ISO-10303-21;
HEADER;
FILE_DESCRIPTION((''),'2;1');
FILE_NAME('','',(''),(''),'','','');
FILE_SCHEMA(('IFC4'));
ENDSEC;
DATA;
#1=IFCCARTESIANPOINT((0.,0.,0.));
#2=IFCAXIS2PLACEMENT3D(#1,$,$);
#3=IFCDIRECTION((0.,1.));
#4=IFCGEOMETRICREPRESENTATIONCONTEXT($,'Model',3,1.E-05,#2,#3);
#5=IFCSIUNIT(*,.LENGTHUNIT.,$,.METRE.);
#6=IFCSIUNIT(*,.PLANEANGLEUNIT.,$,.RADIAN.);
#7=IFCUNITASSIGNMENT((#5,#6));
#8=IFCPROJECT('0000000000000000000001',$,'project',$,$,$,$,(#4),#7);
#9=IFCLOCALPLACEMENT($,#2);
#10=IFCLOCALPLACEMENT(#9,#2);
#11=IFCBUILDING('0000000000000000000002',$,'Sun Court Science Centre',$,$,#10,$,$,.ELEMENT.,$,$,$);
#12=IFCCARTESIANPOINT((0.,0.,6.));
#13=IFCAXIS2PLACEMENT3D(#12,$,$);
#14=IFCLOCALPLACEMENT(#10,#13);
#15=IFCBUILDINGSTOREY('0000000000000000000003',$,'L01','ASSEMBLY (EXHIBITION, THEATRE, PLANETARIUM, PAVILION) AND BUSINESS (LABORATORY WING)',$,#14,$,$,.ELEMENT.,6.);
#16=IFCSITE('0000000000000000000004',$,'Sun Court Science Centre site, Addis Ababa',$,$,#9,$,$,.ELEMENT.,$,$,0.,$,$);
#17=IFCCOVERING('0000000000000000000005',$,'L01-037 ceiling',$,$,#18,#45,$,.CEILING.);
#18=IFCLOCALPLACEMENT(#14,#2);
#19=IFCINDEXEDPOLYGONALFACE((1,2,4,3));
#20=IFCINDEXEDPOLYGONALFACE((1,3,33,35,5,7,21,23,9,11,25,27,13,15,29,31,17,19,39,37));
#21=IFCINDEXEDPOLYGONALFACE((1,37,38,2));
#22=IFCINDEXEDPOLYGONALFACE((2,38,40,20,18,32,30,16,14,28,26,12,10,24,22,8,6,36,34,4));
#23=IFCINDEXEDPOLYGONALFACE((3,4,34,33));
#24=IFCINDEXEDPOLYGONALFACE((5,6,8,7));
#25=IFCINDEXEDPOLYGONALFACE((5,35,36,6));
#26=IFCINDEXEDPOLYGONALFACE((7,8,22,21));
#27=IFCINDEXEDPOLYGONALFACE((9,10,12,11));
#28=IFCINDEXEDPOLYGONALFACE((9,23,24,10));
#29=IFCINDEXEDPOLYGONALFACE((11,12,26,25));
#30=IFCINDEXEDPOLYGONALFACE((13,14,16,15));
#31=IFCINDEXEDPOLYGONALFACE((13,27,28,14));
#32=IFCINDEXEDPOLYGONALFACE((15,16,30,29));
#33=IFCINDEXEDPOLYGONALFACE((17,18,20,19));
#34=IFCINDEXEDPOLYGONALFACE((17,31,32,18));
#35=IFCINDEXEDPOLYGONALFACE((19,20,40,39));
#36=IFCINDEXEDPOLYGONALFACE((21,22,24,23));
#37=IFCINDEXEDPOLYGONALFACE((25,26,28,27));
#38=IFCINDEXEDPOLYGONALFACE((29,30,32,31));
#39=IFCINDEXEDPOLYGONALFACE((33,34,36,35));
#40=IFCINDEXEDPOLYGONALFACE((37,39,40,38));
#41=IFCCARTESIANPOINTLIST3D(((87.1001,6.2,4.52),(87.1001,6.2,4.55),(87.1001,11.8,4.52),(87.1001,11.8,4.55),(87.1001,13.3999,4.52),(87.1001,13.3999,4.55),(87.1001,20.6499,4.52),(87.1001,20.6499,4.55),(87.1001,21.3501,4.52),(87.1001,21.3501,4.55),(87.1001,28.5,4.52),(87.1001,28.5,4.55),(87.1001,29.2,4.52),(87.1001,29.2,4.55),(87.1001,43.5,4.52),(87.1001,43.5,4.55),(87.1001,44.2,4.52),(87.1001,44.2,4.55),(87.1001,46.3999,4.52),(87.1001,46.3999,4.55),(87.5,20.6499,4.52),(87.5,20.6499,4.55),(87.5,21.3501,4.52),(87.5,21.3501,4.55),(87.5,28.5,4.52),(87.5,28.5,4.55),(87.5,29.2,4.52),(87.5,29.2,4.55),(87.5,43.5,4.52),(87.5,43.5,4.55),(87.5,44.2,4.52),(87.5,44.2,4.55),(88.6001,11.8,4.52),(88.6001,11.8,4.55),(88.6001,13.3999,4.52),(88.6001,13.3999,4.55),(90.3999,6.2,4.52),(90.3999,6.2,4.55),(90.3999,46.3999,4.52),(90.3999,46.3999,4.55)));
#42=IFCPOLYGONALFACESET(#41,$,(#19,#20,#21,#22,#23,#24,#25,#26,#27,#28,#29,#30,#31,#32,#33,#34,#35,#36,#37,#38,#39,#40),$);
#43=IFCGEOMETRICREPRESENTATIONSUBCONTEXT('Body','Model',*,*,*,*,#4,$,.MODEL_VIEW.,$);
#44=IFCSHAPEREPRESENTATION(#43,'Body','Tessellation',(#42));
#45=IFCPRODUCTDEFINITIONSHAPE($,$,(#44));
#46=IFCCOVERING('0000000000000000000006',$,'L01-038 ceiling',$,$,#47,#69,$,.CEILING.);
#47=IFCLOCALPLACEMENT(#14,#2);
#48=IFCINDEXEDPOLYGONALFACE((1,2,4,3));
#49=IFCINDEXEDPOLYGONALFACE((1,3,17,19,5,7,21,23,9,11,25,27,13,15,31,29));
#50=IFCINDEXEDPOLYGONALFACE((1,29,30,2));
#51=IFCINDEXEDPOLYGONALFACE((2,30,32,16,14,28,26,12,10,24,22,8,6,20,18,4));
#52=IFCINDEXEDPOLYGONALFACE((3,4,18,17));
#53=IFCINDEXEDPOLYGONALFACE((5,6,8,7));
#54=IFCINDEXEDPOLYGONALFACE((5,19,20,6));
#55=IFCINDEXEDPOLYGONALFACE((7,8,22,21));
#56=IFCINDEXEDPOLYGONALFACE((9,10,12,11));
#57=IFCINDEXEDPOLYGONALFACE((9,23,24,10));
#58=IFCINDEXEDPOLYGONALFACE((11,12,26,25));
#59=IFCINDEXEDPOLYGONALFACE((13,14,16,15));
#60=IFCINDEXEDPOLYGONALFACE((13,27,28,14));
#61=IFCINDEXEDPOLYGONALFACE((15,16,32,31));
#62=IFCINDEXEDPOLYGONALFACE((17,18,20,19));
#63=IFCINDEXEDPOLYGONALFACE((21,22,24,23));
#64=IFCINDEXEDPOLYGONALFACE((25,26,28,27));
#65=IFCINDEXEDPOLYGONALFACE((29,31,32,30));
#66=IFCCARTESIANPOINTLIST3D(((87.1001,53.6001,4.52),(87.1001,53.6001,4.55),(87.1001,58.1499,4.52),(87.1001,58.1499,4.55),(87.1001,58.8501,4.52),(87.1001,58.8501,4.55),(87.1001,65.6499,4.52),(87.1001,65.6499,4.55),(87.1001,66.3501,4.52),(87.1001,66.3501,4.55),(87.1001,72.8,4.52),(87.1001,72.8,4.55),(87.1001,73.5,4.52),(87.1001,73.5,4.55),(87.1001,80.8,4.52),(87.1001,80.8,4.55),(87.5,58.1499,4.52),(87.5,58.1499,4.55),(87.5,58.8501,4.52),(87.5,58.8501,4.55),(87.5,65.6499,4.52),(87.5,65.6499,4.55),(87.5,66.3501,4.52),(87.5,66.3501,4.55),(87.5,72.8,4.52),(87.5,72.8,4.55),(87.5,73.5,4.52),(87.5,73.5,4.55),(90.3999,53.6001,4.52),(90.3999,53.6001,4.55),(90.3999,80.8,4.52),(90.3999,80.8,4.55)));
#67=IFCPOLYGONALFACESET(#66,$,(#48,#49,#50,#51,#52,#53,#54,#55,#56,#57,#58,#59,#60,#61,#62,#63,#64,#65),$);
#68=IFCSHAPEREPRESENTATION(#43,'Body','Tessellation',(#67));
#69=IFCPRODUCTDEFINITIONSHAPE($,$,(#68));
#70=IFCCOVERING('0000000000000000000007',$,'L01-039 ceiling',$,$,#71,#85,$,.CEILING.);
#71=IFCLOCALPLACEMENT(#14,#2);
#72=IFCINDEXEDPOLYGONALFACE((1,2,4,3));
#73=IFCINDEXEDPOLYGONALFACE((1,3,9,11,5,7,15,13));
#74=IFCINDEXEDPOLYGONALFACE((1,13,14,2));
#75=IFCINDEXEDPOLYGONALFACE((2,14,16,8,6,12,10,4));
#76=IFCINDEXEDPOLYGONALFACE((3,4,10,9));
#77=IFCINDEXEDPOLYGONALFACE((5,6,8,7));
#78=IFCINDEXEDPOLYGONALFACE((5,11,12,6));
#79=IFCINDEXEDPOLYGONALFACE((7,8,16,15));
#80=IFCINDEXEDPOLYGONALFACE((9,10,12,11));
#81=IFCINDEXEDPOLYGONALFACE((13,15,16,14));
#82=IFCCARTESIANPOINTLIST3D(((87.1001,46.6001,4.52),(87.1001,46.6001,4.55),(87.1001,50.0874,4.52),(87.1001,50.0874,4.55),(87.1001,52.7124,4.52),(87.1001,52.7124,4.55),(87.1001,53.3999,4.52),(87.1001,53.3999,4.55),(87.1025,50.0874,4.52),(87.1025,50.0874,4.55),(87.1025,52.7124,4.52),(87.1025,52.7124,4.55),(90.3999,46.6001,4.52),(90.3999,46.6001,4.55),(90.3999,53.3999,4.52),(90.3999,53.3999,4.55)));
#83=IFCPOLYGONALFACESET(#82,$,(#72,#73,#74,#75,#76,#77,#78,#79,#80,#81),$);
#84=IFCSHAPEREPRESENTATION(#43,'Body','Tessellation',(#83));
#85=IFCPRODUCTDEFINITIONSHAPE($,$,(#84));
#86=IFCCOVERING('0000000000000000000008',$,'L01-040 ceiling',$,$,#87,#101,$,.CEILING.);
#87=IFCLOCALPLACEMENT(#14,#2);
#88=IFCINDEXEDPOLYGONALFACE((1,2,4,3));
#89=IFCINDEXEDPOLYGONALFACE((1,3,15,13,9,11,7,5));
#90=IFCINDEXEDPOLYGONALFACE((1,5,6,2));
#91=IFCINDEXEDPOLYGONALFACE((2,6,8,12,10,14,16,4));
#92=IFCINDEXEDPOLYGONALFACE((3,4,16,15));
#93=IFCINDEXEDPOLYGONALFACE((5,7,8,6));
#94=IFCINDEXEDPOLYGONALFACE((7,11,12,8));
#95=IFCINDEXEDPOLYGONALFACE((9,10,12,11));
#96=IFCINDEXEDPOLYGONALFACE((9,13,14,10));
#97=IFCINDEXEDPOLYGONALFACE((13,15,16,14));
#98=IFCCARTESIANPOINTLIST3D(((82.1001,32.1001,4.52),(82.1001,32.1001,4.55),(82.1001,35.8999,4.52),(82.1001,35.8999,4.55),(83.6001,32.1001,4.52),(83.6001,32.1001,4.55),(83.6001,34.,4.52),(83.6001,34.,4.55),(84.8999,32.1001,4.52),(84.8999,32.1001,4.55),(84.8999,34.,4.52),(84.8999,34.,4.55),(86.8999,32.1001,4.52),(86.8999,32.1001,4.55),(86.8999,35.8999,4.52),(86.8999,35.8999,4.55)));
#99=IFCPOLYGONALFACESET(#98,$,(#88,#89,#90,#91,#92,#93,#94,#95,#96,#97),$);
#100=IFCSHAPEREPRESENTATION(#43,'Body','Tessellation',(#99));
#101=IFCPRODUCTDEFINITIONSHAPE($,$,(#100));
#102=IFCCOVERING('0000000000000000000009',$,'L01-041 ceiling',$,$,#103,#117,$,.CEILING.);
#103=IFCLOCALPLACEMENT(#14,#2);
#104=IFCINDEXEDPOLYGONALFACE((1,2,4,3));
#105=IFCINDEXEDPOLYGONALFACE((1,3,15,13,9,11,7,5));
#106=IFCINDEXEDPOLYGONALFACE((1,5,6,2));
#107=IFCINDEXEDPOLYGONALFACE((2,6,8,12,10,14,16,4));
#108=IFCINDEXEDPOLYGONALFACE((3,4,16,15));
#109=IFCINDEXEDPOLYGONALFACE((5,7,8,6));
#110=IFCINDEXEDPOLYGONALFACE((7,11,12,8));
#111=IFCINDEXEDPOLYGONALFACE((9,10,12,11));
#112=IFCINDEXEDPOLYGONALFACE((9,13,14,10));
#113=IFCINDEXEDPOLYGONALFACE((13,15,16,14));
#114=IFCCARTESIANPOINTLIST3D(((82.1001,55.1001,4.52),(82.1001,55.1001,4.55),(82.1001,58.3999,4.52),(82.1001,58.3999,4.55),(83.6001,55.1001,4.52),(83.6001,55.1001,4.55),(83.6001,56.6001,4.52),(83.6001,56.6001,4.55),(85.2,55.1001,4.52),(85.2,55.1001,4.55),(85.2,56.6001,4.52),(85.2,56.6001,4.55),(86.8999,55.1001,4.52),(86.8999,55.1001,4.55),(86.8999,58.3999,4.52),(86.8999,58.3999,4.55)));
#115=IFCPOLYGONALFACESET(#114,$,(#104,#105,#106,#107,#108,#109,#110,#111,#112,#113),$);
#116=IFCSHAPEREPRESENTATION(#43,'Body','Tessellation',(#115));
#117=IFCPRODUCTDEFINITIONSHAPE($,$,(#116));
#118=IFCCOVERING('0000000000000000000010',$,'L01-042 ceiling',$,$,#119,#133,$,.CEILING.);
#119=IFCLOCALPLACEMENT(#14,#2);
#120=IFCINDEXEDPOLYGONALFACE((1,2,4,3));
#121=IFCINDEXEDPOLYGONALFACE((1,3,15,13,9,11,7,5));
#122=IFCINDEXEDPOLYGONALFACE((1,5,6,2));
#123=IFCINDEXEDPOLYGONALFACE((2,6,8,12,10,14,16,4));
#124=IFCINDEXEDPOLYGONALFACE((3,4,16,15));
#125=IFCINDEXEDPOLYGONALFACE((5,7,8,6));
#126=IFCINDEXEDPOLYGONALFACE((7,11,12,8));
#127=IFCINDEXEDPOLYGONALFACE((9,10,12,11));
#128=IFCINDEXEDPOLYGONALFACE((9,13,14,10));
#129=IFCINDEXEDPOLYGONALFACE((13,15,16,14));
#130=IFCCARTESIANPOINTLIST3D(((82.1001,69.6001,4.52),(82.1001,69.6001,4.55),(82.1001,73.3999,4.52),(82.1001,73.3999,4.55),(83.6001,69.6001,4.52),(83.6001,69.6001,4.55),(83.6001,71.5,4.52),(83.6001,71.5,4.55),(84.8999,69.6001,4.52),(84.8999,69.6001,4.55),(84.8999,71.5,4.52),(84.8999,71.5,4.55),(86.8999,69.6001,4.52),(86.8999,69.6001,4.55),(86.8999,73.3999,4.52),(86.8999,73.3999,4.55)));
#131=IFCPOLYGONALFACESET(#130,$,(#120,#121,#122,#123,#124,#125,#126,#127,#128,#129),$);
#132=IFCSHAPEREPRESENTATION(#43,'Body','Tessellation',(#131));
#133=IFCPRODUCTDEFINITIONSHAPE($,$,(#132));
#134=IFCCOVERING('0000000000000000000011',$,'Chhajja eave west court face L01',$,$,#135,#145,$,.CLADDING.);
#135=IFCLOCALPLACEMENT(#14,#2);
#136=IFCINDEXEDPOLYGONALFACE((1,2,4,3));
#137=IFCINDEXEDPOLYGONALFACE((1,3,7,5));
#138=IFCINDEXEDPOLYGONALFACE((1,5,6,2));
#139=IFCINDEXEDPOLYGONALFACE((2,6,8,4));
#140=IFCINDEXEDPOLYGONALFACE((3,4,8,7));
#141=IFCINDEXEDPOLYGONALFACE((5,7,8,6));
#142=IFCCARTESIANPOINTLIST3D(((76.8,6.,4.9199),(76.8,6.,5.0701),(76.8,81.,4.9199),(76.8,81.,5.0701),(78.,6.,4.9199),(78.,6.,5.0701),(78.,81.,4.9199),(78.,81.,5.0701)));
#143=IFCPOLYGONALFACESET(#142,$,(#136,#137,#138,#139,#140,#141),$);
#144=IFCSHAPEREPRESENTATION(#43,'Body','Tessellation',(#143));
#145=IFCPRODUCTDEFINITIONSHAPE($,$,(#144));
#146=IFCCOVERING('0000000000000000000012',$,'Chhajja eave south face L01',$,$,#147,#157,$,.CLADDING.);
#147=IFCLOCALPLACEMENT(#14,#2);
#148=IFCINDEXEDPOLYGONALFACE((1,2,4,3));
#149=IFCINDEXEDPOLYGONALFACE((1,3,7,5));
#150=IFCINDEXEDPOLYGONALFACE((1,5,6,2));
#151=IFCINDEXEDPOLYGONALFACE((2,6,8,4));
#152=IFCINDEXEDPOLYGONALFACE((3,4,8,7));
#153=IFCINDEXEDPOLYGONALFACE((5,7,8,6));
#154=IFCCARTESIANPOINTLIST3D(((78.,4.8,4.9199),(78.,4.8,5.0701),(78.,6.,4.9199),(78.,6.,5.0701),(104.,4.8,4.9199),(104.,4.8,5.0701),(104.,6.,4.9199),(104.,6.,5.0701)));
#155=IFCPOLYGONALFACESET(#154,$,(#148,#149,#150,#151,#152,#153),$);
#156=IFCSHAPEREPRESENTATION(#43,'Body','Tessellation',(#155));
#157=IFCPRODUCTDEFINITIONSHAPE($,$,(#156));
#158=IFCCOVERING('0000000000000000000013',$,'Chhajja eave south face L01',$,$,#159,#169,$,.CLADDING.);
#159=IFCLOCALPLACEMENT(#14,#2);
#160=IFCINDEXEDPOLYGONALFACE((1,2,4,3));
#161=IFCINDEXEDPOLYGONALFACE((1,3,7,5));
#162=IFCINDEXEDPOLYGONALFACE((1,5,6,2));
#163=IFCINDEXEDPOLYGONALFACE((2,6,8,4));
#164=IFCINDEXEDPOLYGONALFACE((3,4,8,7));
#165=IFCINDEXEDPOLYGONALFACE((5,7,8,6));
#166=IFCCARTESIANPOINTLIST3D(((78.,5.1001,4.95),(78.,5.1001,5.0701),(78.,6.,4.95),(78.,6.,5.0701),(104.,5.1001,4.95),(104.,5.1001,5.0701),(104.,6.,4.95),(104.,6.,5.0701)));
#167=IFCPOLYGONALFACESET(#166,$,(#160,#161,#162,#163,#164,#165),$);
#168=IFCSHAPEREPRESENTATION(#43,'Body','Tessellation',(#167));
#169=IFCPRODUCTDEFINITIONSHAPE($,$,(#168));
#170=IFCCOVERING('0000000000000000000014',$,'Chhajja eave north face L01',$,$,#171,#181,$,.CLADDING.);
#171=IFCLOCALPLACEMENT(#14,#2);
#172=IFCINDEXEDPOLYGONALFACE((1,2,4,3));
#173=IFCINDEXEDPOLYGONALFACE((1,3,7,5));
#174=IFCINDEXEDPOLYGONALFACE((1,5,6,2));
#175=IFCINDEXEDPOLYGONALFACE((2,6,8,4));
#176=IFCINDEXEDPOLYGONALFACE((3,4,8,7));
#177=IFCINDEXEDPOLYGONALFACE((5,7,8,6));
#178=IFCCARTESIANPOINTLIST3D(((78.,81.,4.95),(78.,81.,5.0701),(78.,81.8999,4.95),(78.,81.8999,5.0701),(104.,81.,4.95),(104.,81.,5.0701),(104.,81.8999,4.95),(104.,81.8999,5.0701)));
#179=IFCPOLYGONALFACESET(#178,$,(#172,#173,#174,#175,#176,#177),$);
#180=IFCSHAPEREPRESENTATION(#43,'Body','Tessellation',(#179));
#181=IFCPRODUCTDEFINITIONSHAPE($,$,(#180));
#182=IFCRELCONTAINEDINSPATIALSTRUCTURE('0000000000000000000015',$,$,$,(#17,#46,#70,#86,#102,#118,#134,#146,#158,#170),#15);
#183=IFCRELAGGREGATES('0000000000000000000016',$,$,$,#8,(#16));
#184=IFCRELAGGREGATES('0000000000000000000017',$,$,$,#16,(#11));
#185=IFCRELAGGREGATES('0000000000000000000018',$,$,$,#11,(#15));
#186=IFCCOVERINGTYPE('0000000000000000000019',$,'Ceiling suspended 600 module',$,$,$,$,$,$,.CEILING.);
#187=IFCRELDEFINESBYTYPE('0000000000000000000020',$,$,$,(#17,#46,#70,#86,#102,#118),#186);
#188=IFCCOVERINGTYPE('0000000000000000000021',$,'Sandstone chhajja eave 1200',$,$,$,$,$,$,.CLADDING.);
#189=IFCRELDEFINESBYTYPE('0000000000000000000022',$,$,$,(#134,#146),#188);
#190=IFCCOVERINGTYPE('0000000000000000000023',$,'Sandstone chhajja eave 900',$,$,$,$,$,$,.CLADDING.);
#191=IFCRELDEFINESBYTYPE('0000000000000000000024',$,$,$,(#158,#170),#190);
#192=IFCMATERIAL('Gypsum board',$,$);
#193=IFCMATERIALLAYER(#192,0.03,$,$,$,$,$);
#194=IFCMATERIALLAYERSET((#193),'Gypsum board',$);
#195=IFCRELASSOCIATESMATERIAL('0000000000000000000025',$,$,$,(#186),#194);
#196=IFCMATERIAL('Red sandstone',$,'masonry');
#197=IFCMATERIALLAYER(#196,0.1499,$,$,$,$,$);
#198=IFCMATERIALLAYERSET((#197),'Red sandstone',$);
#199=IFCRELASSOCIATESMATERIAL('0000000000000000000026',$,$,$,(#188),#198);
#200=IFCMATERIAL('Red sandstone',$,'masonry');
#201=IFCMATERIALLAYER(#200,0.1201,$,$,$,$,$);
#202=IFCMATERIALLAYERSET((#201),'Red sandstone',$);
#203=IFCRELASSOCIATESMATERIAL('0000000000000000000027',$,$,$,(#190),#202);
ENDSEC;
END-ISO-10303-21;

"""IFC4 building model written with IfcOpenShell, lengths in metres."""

from ifc_helpers import new_model, si_unit, direction, frame, origin, place, context, subcontext, project, spatial, polyline, outline, extrude, material, layer, layer_set, type_object, element, save


model = new_model("IFC4")

# Units and contexts
model_context = context("Model", 3, precision=1e-05, world=origin(), true_north=direction((0.0, 1.0)))
body_context = subcontext(model_context, "Body", "Model", "MODEL_VIEW")
ifc_project = project(units=[si_unit("LENGTHUNIT", "METRE"), si_unit("PLANEANGLEUNIT", "RADIAN")], contexts=[model_context])

# Site, building, storey
site_placement = place(None, origin())
site = spatial("IfcSite", under=ifc_project, at=site_placement, Name="Sun Court Science Centre site, Addis Ababa", CompositionType="ELEMENT", RefElevation=0.0)
building_placement = place(site_placement, origin())
building = spatial("IfcBuilding", under=site, at=building_placement, Name="Sun Court Science Centre", CompositionType="ELEMENT")
storey_placement = place(building_placement, frame((0.0, 0.0, 6.0)))
storey = spatial("IfcBuildingStorey", under=building, at=storey_placement, Name="L01", Description="ASSEMBLY (EXHIBITION, THEATRE, PLANETARIUM, PAVILION) AND BUSINESS (LABORATORY WING)", CompositionType="ELEMENT", Elevation=6.0)

# Coverings
ifc_material_1 = material(Name="Gypsum board")
ifc_layer_1 = layer(ifc_material_1, 0.03)
ifc_layer_set_1 = layer_set([ifc_layer_1], Name="Gypsum board")
covering_type_1 = type_object("IfcCoveringType", Name="Ceiling suspended 600 module", PredefinedType="CEILING", material=ifc_layer_set_1)
covering_1_placement = place(storey_placement, frame((0.0, 0.0, 4.52)))
element("IfcCovering", 1, at=covering_1_placement, inside=storey, type_object=covering_type_1, Name="L01-037 ceiling", PredefinedType="CEILING", context=body_context, shape_type="SweptSolid", body=[
    extrude(outline(polyline([(87.1001, 6.2), (87.1001, 11.8), (88.6001, 11.8), (88.6001, 13.3999), (87.1001, 13.3999), (87.1001, 20.6499), (87.5, 20.6499), (87.5, 21.3501), (87.1001, 21.3501), (87.1001, 28.5), (87.5, 28.5), (87.5, 29.2), (87.1001, 29.2), (87.1001, 43.5), (87.5, 43.5), (87.5, 44.2), (87.1001, 44.2), (87.1001, 46.3999), (90.3999, 46.3999), (90.3999, 6.2), (87.1001, 6.2)])), origin(), (0.0, 0.0, 1.0), 0.03),
])
covering_2_placement = place(storey_placement, frame((0.0, 0.0, 4.52)))
element("IfcCovering", 2, at=covering_2_placement, inside=storey, type_object=covering_type_1, Name="L01-038 ceiling", PredefinedType="CEILING", context=body_context, shape_type="SweptSolid", body=[
    extrude(outline(polyline([(90.3999, 80.8), (90.3999, 53.6001), (87.1001, 53.6001), (87.1001, 58.1499), (87.5, 58.1499), (87.5, 58.8501), (87.1001, 58.8501), (87.1001, 65.6499), (87.5, 65.6499), (87.5, 66.3501), (87.1001, 66.3501), (87.1001, 72.8), (87.5, 72.8), (87.5, 73.5), (87.1001, 73.5), (87.1001, 80.8), (90.3999, 80.8)])), origin(), (0.0, 0.0, 1.0), 0.03),
])
covering_3_placement = place(storey_placement, frame((0.0, 0.0, 4.52)))
element("IfcCovering", 3, at=covering_3_placement, inside=storey, type_object=covering_type_1, Name="L01-039 ceiling", PredefinedType="CEILING", context=body_context, shape_type="SweptSolid", body=[
    extrude(outline(polyline([(87.1001, 46.6001), (87.1001, 50.0874), (87.1025, 50.0874), (87.1025, 52.7124), (87.1001, 52.7124), (87.1001, 53.3999), (90.3999, 53.3999), (90.3999, 46.6001), (87.1001, 46.6001)])), origin(), (0.0, 0.0, 1.0), 0.03),
])
covering_4_placement = place(storey_placement, frame((0.0, 0.0, 4.52)))
element("IfcCovering", 4, at=covering_4_placement, inside=storey, type_object=covering_type_1, Name="L01-040 ceiling", PredefinedType="CEILING", context=body_context, shape_type="SweptSolid", body=[
    extrude(outline(polyline([(84.8999, 34.0), (83.6001, 34.0), (83.6001, 32.1001), (82.1001, 32.1001), (82.1001, 35.8999), (86.8999, 35.8999), (86.8999, 32.1001), (84.8999, 32.1001), (84.8999, 34.0)])), origin(), (0.0, 0.0, 1.0), 0.03),
])
covering_5_placement = place(storey_placement, frame((0.0, 0.0, 4.52)))
element("IfcCovering", 5, at=covering_5_placement, inside=storey, type_object=covering_type_1, Name="L01-041 ceiling", PredefinedType="CEILING", context=body_context, shape_type="SweptSolid", body=[
    extrude(outline(polyline([(85.2, 56.6001), (83.6001, 56.6001), (83.6001, 55.1001), (82.1001, 55.1001), (82.1001, 58.3999), (86.8999, 58.3999), (86.8999, 55.1001), (85.2, 55.1001), (85.2, 56.6001)])), origin(), (0.0, 0.0, 1.0), 0.03),
])
covering_6_placement = place(storey_placement, frame((0.0, 0.0, 4.52)))
element("IfcCovering", 6, at=covering_6_placement, inside=storey, type_object=covering_type_1, Name="L01-042 ceiling", PredefinedType="CEILING", context=body_context, shape_type="SweptSolid", body=[
    extrude(outline(polyline([(84.8999, 71.5), (83.6001, 71.5), (83.6001, 69.6001), (82.1001, 69.6001), (82.1001, 73.3999), (86.8999, 73.3999), (86.8999, 69.6001), (84.8999, 69.6001), (84.8999, 71.5)])), origin(), (0.0, 0.0, 1.0), 0.03),
])
ifc_material_2 = material(Name="Red sandstone", Category="masonry")
ifc_layer_2 = layer(ifc_material_2, 0.1499)
ifc_layer_set_2 = layer_set([ifc_layer_2], Name="Red sandstone")
covering_type_2 = type_object("IfcCoveringType", Name="Sandstone chhajja eave 1200", PredefinedType="CLADDING", material=ifc_layer_set_2)
covering_7_placement = place(storey_placement, frame((0.0, 0.0, 4.9199)))
element("IfcCovering", 7, at=covering_7_placement, inside=storey, type_object=covering_type_2, Name="Chhajja eave west court face L01", PredefinedType="CLADDING", context=body_context, shape_type="SweptSolid", body=[
    extrude(outline(polyline([(76.8, 6.0), (78.0, 6.0), (78.0, 81.0), (76.8, 81.0), (76.8, 6.0)])), origin(), (0.0, 0.0, 1.0), 0.1501),
])
covering_8_placement = place(storey_placement, frame((0.0, 0.0, 4.9199)))
element("IfcCovering", 8, at=covering_8_placement, inside=storey, type_object=covering_type_2, Name="Chhajja eave south face L01", PredefinedType="CLADDING", context=body_context, shape_type="SweptSolid", body=[
    extrude(outline(polyline([(78.0, 6.0), (104.0, 6.0), (104.0, 4.8), (78.0, 4.8), (78.0, 6.0)])), origin(), (0.0, 0.0, 1.0), 0.1501),
])
ifc_material_3 = material(Name="Red sandstone", Category="masonry")
ifc_layer_3 = layer(ifc_material_3, 0.1201)
ifc_layer_set_3 = layer_set([ifc_layer_3], Name="Red sandstone")
covering_type_3 = type_object("IfcCoveringType", Name="Sandstone chhajja eave 900", PredefinedType="CLADDING", material=ifc_layer_set_3)
covering_9_placement = place(storey_placement, frame((0.0, 0.0, 4.95)))
element("IfcCovering", 9, at=covering_9_placement, inside=storey, type_object=covering_type_3, Name="Chhajja eave south face L01", PredefinedType="CLADDING", context=body_context, shape_type="SweptSolid", body=[
    extrude(outline(polyline([(104.0, 6.0), (78.0, 6.0), (78.0, 5.1001), (104.0, 5.1001), (104.0, 6.0)])), origin(), (0.0, 0.0, 1.0), 0.1201),
])
covering_10_placement = place(storey_placement, frame((0.0, 0.0, 4.95)))
element("IfcCovering", 10, at=covering_10_placement, inside=storey, type_object=covering_type_3, Name="Chhajja eave north face L01", PredefinedType="CLADDING", context=body_context, shape_type="SweptSolid", body=[
    extrude(outline(polyline([(78.0, 81.0), (104.0, 81.0), (104.0, 81.8999), (78.0, 81.8999), (78.0, 81.0)])), origin(), (0.0, 0.0, 1.0), 0.1201),
])

save(model, "model.ifc")
